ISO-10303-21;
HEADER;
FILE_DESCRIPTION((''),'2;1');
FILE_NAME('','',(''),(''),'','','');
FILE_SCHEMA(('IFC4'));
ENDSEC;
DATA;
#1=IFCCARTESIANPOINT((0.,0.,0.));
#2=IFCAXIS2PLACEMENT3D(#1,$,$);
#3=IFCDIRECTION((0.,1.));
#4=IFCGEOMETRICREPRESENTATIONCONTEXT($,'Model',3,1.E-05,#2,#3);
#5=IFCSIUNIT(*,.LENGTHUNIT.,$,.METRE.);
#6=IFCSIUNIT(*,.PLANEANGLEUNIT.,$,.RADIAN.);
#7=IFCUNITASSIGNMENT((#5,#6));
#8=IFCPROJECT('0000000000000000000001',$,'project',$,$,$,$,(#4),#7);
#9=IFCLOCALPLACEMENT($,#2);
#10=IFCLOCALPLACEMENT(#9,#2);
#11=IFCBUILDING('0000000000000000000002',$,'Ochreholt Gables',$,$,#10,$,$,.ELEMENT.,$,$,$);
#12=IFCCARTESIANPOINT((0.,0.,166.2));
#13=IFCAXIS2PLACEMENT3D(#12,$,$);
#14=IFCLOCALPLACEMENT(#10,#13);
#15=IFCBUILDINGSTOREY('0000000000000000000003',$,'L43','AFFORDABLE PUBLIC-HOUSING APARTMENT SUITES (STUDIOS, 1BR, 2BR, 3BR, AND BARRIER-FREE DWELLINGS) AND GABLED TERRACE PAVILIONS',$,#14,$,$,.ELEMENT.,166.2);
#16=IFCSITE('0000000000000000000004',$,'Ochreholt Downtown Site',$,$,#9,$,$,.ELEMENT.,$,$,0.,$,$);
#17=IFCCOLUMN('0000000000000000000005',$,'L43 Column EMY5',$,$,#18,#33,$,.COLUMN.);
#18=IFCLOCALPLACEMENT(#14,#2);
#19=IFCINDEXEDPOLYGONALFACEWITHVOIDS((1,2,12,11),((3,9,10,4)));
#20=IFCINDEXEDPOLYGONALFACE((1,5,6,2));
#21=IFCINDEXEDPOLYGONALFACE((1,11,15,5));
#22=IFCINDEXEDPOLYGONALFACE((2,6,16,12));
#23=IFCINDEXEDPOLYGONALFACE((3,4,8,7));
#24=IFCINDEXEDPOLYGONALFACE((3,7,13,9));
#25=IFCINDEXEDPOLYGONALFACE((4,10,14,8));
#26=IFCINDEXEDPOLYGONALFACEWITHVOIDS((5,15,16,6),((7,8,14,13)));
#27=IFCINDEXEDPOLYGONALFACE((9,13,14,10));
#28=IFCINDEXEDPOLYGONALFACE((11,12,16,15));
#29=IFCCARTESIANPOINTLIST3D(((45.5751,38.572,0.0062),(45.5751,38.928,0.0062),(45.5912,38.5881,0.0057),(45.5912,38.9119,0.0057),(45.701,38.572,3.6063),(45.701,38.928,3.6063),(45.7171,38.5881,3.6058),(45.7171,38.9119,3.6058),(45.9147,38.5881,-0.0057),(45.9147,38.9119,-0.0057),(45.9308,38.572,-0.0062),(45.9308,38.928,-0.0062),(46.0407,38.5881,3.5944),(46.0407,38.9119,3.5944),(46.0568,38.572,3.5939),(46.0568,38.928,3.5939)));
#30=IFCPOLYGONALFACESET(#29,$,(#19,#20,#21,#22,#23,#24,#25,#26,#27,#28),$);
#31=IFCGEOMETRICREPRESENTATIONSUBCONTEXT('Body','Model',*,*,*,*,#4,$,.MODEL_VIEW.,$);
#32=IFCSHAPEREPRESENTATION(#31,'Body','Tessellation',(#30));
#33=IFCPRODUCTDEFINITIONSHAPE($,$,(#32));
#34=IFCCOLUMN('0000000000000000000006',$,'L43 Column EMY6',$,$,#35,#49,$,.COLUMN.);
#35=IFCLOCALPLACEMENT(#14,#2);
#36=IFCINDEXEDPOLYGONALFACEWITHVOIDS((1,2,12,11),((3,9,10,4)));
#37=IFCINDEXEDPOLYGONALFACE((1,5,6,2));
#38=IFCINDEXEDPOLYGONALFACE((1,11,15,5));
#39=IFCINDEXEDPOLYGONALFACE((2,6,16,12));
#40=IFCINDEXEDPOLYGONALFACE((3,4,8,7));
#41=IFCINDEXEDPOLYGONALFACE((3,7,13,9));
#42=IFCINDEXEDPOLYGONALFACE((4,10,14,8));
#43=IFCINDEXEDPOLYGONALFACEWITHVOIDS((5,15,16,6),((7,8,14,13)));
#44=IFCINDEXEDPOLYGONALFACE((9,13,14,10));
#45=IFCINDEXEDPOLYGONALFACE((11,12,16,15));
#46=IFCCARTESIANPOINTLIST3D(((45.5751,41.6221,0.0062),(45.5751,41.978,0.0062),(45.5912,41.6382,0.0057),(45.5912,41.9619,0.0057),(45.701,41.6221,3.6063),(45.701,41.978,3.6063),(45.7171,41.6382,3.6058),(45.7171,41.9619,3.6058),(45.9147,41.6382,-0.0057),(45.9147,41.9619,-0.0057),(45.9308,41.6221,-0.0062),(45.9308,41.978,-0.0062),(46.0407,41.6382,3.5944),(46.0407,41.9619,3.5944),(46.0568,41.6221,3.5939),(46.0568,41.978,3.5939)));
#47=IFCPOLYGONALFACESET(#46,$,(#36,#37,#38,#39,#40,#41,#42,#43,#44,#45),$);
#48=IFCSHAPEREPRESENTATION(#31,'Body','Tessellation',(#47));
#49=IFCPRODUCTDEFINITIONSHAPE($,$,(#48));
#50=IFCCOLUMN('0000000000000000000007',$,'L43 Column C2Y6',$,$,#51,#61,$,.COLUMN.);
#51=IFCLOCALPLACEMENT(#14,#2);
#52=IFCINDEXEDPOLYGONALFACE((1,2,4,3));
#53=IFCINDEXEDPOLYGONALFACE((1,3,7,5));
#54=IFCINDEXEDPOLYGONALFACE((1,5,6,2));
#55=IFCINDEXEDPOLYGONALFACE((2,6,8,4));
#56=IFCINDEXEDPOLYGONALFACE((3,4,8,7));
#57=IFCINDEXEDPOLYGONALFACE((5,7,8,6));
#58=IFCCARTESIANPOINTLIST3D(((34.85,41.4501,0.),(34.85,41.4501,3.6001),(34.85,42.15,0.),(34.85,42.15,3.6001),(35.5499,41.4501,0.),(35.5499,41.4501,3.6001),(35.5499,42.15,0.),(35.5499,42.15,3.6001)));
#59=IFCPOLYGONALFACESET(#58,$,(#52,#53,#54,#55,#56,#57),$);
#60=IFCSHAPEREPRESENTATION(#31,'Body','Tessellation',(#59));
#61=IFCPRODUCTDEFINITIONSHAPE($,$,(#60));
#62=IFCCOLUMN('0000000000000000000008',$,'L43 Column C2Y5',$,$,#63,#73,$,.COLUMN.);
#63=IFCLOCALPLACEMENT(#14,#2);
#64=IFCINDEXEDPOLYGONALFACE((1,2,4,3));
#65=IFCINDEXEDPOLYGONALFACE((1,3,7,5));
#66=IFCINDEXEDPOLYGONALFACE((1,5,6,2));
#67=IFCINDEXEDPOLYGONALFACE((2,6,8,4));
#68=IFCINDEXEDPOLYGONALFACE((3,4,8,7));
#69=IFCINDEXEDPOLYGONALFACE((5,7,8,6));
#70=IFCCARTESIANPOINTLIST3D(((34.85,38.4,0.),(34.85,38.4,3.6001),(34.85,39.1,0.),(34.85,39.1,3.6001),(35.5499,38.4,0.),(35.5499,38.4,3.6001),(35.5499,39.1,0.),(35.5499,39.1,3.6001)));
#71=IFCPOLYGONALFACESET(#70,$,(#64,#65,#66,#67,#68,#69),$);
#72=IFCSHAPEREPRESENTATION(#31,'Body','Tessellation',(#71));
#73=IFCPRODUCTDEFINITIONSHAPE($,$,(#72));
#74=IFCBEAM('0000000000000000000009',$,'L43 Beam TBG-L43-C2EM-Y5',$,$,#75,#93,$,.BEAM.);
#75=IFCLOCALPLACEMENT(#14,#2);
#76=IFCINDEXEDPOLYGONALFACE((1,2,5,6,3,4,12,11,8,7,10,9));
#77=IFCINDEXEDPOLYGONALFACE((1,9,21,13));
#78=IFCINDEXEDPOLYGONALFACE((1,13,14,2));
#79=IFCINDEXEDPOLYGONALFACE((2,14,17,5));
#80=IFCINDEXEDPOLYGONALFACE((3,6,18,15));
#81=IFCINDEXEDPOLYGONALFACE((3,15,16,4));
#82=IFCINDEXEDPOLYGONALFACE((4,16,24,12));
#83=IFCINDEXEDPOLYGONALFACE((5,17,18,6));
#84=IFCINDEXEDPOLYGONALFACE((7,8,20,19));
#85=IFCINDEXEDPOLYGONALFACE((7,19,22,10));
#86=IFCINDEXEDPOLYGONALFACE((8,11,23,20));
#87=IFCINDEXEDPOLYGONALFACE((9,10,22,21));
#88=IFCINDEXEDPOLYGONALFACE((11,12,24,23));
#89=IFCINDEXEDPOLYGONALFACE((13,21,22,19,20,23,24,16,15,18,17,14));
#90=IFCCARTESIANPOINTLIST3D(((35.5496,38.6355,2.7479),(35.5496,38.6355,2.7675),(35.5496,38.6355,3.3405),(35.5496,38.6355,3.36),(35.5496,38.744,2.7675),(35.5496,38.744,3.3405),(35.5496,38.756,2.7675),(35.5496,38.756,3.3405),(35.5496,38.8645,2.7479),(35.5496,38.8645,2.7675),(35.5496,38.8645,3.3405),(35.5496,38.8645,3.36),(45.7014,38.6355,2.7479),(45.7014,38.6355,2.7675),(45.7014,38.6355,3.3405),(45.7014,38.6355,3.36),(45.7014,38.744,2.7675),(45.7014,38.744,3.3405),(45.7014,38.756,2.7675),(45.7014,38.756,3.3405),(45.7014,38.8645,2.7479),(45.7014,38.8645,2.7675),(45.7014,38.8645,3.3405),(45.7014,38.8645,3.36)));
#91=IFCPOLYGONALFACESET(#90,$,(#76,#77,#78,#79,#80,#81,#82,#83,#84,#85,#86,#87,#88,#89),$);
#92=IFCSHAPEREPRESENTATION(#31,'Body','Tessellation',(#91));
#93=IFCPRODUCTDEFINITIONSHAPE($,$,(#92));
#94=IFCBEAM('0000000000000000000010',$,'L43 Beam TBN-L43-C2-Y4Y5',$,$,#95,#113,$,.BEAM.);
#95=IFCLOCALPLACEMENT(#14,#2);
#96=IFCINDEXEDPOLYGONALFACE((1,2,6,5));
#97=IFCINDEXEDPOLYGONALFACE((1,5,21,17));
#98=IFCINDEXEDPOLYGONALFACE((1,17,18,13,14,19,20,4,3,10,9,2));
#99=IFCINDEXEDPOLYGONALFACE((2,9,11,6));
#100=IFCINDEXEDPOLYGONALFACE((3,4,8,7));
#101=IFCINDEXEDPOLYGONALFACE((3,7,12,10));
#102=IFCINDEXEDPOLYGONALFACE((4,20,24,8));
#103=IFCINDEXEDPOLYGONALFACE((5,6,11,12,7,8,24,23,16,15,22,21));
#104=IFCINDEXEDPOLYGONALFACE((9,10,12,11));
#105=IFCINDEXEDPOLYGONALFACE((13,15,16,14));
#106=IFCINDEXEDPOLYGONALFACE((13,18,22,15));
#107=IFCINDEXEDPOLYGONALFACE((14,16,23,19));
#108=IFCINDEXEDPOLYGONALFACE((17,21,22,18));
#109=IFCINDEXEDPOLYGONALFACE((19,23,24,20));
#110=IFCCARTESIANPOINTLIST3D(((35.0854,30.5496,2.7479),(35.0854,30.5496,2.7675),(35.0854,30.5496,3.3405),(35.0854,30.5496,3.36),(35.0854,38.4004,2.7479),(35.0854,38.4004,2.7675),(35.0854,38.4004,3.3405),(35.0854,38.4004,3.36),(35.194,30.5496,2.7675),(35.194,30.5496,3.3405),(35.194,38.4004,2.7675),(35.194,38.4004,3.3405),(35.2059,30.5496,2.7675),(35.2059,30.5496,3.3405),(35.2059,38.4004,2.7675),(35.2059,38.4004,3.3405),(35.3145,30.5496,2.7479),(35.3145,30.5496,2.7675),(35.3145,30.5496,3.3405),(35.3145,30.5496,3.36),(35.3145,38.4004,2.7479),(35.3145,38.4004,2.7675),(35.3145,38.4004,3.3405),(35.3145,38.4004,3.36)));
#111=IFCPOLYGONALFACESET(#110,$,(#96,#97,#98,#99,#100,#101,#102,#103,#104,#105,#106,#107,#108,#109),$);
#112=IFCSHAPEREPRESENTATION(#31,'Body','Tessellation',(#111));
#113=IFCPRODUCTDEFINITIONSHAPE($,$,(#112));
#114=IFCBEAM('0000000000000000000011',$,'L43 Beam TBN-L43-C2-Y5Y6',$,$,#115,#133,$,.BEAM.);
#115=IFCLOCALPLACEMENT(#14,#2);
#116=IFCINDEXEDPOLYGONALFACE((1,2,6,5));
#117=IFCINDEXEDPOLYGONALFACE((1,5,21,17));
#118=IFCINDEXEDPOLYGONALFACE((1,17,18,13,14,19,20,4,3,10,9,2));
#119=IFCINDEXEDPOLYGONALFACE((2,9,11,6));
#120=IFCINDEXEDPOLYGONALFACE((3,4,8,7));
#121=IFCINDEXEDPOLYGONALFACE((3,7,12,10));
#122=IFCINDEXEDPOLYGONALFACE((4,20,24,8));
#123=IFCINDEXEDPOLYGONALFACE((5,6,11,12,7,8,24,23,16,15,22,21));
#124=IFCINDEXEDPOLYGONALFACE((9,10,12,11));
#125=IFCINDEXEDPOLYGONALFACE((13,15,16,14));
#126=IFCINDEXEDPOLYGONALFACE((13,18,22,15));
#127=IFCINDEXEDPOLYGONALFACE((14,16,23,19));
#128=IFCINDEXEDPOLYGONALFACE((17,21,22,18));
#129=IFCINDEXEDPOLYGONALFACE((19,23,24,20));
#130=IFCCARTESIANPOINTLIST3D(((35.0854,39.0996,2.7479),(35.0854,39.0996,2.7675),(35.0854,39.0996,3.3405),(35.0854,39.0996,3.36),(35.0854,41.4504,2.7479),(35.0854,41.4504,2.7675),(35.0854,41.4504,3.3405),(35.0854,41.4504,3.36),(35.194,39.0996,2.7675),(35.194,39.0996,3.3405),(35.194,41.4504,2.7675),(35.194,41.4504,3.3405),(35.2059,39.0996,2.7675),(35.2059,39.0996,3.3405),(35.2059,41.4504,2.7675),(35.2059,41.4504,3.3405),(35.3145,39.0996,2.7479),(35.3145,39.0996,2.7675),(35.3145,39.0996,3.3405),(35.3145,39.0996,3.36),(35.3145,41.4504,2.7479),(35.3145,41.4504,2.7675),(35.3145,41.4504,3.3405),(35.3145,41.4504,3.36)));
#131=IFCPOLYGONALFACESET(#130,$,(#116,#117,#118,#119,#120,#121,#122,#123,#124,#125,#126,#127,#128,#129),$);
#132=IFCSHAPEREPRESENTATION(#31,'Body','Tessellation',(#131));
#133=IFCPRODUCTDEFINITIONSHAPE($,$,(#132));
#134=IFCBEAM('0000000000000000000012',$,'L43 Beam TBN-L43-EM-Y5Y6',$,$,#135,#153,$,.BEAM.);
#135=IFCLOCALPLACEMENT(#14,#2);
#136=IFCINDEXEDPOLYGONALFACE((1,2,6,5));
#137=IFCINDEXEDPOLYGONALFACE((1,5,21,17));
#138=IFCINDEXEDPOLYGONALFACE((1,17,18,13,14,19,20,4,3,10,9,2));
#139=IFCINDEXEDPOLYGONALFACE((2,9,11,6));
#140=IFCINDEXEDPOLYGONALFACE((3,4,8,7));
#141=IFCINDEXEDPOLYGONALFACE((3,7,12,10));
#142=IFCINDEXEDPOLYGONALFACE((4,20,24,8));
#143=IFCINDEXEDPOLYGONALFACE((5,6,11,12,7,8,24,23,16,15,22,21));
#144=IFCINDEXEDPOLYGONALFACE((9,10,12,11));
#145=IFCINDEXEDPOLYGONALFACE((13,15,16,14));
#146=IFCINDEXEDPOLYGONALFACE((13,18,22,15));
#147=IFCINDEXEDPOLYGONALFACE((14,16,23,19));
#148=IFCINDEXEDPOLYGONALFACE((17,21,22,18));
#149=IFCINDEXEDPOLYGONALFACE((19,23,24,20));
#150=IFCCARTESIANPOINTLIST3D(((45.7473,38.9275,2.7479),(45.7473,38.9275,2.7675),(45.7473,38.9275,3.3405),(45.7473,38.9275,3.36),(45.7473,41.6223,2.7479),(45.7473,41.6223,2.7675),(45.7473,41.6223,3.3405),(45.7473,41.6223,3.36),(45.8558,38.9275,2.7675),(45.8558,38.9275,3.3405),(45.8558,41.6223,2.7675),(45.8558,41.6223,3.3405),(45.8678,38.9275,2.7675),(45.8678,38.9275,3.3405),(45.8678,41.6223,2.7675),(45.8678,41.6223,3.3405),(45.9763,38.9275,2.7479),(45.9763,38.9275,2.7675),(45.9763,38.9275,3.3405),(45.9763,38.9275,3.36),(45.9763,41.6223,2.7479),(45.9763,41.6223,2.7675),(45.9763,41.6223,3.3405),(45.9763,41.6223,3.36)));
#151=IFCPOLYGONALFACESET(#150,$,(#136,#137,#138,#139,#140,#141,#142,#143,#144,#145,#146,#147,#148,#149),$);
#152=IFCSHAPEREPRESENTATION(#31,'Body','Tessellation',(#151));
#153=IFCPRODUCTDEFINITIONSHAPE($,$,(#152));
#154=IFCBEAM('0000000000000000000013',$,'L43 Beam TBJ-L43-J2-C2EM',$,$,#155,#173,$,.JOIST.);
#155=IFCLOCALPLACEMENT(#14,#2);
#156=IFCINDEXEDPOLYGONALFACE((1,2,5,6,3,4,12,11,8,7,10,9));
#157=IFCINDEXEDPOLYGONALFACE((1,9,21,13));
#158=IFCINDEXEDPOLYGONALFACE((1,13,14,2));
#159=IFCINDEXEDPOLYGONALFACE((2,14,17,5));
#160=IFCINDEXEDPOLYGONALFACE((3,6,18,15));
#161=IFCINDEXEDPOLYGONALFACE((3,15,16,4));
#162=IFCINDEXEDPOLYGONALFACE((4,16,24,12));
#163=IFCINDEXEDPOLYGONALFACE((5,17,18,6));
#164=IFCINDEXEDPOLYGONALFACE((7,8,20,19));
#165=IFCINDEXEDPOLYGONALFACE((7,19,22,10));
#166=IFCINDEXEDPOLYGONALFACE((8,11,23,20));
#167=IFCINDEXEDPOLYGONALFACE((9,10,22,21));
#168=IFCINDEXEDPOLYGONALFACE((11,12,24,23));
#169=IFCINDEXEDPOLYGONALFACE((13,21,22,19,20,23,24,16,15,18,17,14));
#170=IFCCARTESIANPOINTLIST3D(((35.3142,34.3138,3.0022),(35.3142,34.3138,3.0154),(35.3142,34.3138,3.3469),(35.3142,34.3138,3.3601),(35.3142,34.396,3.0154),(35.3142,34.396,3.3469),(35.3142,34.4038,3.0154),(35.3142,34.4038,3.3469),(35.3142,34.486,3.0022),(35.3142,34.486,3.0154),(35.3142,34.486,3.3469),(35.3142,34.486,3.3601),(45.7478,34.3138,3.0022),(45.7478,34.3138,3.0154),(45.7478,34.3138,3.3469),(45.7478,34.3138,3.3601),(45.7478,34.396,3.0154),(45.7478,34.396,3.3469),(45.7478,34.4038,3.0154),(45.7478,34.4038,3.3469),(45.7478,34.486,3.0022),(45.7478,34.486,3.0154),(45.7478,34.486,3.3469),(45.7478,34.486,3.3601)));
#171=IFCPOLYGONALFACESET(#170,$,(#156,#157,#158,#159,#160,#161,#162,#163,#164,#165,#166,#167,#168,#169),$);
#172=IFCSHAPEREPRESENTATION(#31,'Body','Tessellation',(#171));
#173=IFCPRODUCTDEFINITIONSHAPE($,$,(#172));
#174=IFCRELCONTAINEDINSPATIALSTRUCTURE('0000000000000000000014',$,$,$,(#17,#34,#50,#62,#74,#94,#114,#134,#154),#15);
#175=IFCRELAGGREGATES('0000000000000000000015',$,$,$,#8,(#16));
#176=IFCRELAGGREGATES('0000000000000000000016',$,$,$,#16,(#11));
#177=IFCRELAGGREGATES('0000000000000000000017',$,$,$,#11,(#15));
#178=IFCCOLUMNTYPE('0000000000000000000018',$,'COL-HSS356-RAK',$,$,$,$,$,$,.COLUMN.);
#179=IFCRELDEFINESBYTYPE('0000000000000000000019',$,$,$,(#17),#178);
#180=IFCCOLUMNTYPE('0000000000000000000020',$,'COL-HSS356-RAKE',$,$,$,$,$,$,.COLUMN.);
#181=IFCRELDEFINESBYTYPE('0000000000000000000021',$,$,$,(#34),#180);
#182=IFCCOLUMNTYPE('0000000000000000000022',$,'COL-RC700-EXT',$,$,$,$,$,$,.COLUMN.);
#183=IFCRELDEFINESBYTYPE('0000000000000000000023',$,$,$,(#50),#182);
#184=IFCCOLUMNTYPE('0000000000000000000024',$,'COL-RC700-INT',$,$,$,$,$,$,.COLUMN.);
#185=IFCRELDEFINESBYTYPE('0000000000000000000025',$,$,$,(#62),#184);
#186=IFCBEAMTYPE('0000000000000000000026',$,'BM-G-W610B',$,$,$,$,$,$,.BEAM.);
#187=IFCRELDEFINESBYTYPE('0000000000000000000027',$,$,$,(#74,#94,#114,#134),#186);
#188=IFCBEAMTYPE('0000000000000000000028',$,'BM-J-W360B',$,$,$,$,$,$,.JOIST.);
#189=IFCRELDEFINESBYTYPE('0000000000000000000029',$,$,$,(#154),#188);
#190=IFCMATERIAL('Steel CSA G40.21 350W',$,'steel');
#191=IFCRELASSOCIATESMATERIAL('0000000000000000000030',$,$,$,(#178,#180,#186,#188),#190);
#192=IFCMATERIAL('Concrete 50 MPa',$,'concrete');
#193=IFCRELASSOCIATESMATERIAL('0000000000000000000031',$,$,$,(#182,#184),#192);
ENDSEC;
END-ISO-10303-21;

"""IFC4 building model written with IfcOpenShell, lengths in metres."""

from ifc_helpers import new_model, si_unit, direction, frame, origin, origin_2d, place, context, subcontext, project, spatial, rectangle, hollow_rectangle, i_section, extrude, material, material_profile, profile_set, type_object, element, save


model = new_model("IFC4")

# Units and contexts
model_context = context("Model", 3, precision=1e-05, world=origin(), true_north=direction((0.0, 1.0)))
body_context = subcontext(model_context, "Body", "Model", "MODEL_VIEW")
ifc_project = project(units=[si_unit("LENGTHUNIT", "METRE"), si_unit("PLANEANGLEUNIT", "RADIAN")], contexts=[model_context])

# Site, building, storey
site_placement = place(None, origin())
site = spatial("IfcSite", under=ifc_project, at=site_placement, Name="Ochreholt Downtown Site", CompositionType="ELEMENT", RefElevation=0.0)
building_placement = place(site_placement, origin())
building = spatial("IfcBuilding", under=site, at=building_placement, Name="Ochreholt Gables", CompositionType="ELEMENT")
storey_placement = place(building_placement, frame((0.0, 0.0, 166.2)))
storey = spatial("IfcBuildingStorey", under=building, at=storey_placement, Name="L43", Description="AFFORDABLE PUBLIC-HOUSING APARTMENT SUITES (STUDIOS, 1BR, 2BR, 3BR, AND BARRIER-FREE DWELLINGS) AND GABLED TERRACE PAVILIONS", CompositionType="ELEMENT", Elevation=166.2)

# Columns
ifc_material_1 = material(Name="Steel CSA G40.21 350W", Category="steel")
ifc_material_profile_1 = material_profile(ifc_material_1, hollow_rectangle(XDim=0.356, YDim=0.356, WallThickness=0.0161, at=origin_2d()), Name="HSS356X356X16")
ifc_profile_set_1 = profile_set([ifc_material_profile_1], Name="Steel CSA G40.21 350W")
column_type_1 = type_object("IfcColumnType", Name="COL-HSS356-RAK", PredefinedType="COLUMN", material=ifc_profile_set_1)
column_1_placement = place(storey_placement, frame((45.7529, 38.75, 0.0), z_axis=(0.034971, 0.0, 0.999388), x_axis=(0.0, 1.0, 0.0)))
element("IfcColumn", 1, at=column_1_placement, inside=storey, type_object=column_type_1, Name="L43 Column EMY5", PredefinedType="COLUMN", context=body_context, shape_type="SweptSolid", body=[
    extrude(hollow_rectangle(XDim=0.356, YDim=0.356, WallThickness=0.0161, at=origin_2d()), origin(), (0.0, 0.0, 1.0), 3.6023),
])
ifc_material_profile_2 = material_profile(ifc_material_1, hollow_rectangle(XDim=0.356, YDim=0.356, WallThickness=0.0161, at=origin_2d()), Name="HSS356X356X16")
ifc_profile_set_2 = profile_set([ifc_material_profile_2], Name="Steel CSA G40.21 350W")
column_type_2 = type_object("IfcColumnType", Name="COL-HSS356-RAKE", PredefinedType="COLUMN", material=ifc_profile_set_2)
column_2_placement = place(storey_placement, frame((45.7529, 41.8, 0.0), z_axis=(0.034971, 0.0, 0.999388), x_axis=(0.0, 1.0, 0.0)))
element("IfcColumn", 2, at=column_2_placement, inside=storey, type_object=column_type_2, Name="L43 Column EMY6", PredefinedType="COLUMN", context=body_context, shape_type="SweptSolid", body=[
    extrude(hollow_rectangle(XDim=0.356, YDim=0.356, WallThickness=0.0161, at=origin_2d()), origin(), (0.0, 0.0, 1.0), 3.6023),
])
ifc_material_2 = material(Name="Concrete 50 MPa", Category="concrete")
ifc_material_profile_3 = material_profile(ifc_material_2, rectangle(XDim=0.7, YDim=0.7, at=origin_2d()), Name="RC700X700")
ifc_profile_set_3 = profile_set([ifc_material_profile_3], Name="Concrete 50 MPa")
column_type_3 = type_object("IfcColumnType", Name="COL-RC700-EXT", PredefinedType="COLUMN", material=ifc_profile_set_3)
column_3_placement = place(storey_placement, frame((35.2, 41.8, 0.0), z_axis=(0.0, 0.0, 1.0), x_axis=(1.0, 0.0, 0.0)))
element("IfcColumn", 3, at=column_3_placement, inside=storey, type_object=column_type_3, Name="L43 Column C2Y6", PredefinedType="COLUMN", context=body_context, shape_type="SweptSolid", body=[
    extrude(rectangle(XDim=0.7, YDim=0.7, at=origin_2d()), origin(), (0.0, 0.0, 1.0), 3.6001),
])
ifc_material_profile_4 = material_profile(ifc_material_2, rectangle(XDim=0.7, YDim=0.7, at=origin_2d()), Name="RC700X700")
ifc_profile_set_4 = profile_set([ifc_material_profile_4], Name="Concrete 50 MPa")
column_type_4 = type_object("IfcColumnType", Name="COL-RC700-INT", PredefinedType="COLUMN", material=ifc_profile_set_4)
column_4_placement = place(storey_placement, frame((35.2, 38.75, 0.0), z_axis=(0.0, 0.0, 1.0), x_axis=(1.0, 0.0, 0.0)))
element("IfcColumn", 4, at=column_4_placement, inside=storey, type_object=column_type_4, Name="L43 Column C2Y5", PredefinedType="COLUMN", context=body_context, shape_type="SweptSolid", body=[
    extrude(rectangle(XDim=0.7, YDim=0.7, at=origin_2d()), origin(), (0.0, 0.0, 1.0), 3.6001),
])

# Beams
ifc_material_profile_5 = material_profile(ifc_material_1, i_section(OverallWidth=0.229, OverallDepth=0.6121, WebThickness=0.012, FlangeThickness=0.0195, at=origin_2d()), Name="W610X125")
ifc_profile_set_5 = profile_set([ifc_material_profile_5], Name="Steel CSA G40.21 350W")
beam_type_1 = type_object("IfcBeamType", Name="BM-G-W610B", PredefinedType="BEAM", material=ifc_profile_set_5)
beam_1_placement = place(storey_placement, frame((35.5496, 38.75, 3.054), z_axis=(1.0, 0.0, 0.0), x_axis=(0.0, 1.0, 0.0)))
element("IfcBeam", 5, at=beam_1_placement, inside=storey, type_object=beam_type_1, Name="L43 Beam TBG-L43-C2EM-Y5", PredefinedType="BEAM", context=body_context, shape_type="SweptSolid", body=[
    extrude(i_section(OverallWidth=0.229, OverallDepth=0.6121, WebThickness=0.012, FlangeThickness=0.0195, at=origin_2d()), origin(), (0.0, 0.0, 1.0), 10.1519),
])
beam_2_placement = place(storey_placement, frame((35.2, 30.5496, 3.054), z_axis=(0.0, 1.0, 0.0), x_axis=(-1.0, 0.0, 0.0)))
element("IfcBeam", 6, at=beam_2_placement, inside=storey, type_object=beam_type_1, Name="L43 Beam TBN-L43-C2-Y4Y5", PredefinedType="BEAM", context=body_context, shape_type="SweptSolid", body=[
    extrude(i_section(OverallWidth=0.229, OverallDepth=0.6121, WebThickness=0.012, FlangeThickness=0.0195, at=origin_2d()), origin(), (0.0, 0.0, 1.0), 7.8508),
])
beam_3_placement = place(storey_placement, frame((35.2, 39.0996, 3.054), z_axis=(0.0, 1.0, 0.0), x_axis=(-1.0, 0.0, 0.0)))
element("IfcBeam", 7, at=beam_3_placement, inside=storey, type_object=beam_type_1, Name="L43 Beam TBN-L43-C2-Y5Y6", PredefinedType="BEAM", context=body_context, shape_type="SweptSolid", body=[
    extrude(i_section(OverallWidth=0.229, OverallDepth=0.6121, WebThickness=0.012, FlangeThickness=0.0195, at=origin_2d()), origin(), (0.0, 0.0, 1.0), 2.3508),
])
beam_4_placement = place(storey_placement, frame((45.8618, 38.9275, 3.054), z_axis=(0.0, 1.0, 0.0), x_axis=(-1.0, 0.0, 0.0)))
element("IfcBeam", 8, at=beam_4_placement, inside=storey, type_object=beam_type_1, Name="L43 Beam TBN-L43-EM-Y5Y6", PredefinedType="BEAM", context=body_context, shape_type="SweptSolid", body=[
    extrude(i_section(OverallWidth=0.229, OverallDepth=0.6121, WebThickness=0.012, FlangeThickness=0.0195, at=origin_2d()), origin(), (0.0, 0.0, 1.0), 2.6948),
])
ifc_material_profile_6 = material_profile(ifc_material_1, i_section(OverallWidth=0.1721, OverallDepth=0.3579, WebThickness=0.0078, FlangeThickness=0.0132, at=origin_2d()), Name="W360X57")
ifc_profile_set_6 = profile_set([ifc_material_profile_6], Name="Steel CSA G40.21 350W")
beam_type_2 = type_object("IfcBeamType", Name="BM-J-W360B", PredefinedType="JOIST", material=ifc_profile_set_6)
beam_5_placement = place(storey_placement, frame((35.3142, 34.3999, 3.1812), z_axis=(1.0, 0.0, 0.0), x_axis=(0.0, 1.0, 0.0)))
element("IfcBeam", 9, at=beam_5_placement, inside=storey, type_object=beam_type_2, Name="L43 Beam TBJ-L43-J2-C2EM", PredefinedType="JOIST", context=body_context, shape_type="SweptSolid", body=[
    extrude(i_section(OverallWidth=0.1721, OverallDepth=0.3579, WebThickness=0.0078, FlangeThickness=0.0132, at=origin_2d()), origin(), (0.0, 0.0, 1.0), 10.4336),
])

save(model, "model.ifc")
